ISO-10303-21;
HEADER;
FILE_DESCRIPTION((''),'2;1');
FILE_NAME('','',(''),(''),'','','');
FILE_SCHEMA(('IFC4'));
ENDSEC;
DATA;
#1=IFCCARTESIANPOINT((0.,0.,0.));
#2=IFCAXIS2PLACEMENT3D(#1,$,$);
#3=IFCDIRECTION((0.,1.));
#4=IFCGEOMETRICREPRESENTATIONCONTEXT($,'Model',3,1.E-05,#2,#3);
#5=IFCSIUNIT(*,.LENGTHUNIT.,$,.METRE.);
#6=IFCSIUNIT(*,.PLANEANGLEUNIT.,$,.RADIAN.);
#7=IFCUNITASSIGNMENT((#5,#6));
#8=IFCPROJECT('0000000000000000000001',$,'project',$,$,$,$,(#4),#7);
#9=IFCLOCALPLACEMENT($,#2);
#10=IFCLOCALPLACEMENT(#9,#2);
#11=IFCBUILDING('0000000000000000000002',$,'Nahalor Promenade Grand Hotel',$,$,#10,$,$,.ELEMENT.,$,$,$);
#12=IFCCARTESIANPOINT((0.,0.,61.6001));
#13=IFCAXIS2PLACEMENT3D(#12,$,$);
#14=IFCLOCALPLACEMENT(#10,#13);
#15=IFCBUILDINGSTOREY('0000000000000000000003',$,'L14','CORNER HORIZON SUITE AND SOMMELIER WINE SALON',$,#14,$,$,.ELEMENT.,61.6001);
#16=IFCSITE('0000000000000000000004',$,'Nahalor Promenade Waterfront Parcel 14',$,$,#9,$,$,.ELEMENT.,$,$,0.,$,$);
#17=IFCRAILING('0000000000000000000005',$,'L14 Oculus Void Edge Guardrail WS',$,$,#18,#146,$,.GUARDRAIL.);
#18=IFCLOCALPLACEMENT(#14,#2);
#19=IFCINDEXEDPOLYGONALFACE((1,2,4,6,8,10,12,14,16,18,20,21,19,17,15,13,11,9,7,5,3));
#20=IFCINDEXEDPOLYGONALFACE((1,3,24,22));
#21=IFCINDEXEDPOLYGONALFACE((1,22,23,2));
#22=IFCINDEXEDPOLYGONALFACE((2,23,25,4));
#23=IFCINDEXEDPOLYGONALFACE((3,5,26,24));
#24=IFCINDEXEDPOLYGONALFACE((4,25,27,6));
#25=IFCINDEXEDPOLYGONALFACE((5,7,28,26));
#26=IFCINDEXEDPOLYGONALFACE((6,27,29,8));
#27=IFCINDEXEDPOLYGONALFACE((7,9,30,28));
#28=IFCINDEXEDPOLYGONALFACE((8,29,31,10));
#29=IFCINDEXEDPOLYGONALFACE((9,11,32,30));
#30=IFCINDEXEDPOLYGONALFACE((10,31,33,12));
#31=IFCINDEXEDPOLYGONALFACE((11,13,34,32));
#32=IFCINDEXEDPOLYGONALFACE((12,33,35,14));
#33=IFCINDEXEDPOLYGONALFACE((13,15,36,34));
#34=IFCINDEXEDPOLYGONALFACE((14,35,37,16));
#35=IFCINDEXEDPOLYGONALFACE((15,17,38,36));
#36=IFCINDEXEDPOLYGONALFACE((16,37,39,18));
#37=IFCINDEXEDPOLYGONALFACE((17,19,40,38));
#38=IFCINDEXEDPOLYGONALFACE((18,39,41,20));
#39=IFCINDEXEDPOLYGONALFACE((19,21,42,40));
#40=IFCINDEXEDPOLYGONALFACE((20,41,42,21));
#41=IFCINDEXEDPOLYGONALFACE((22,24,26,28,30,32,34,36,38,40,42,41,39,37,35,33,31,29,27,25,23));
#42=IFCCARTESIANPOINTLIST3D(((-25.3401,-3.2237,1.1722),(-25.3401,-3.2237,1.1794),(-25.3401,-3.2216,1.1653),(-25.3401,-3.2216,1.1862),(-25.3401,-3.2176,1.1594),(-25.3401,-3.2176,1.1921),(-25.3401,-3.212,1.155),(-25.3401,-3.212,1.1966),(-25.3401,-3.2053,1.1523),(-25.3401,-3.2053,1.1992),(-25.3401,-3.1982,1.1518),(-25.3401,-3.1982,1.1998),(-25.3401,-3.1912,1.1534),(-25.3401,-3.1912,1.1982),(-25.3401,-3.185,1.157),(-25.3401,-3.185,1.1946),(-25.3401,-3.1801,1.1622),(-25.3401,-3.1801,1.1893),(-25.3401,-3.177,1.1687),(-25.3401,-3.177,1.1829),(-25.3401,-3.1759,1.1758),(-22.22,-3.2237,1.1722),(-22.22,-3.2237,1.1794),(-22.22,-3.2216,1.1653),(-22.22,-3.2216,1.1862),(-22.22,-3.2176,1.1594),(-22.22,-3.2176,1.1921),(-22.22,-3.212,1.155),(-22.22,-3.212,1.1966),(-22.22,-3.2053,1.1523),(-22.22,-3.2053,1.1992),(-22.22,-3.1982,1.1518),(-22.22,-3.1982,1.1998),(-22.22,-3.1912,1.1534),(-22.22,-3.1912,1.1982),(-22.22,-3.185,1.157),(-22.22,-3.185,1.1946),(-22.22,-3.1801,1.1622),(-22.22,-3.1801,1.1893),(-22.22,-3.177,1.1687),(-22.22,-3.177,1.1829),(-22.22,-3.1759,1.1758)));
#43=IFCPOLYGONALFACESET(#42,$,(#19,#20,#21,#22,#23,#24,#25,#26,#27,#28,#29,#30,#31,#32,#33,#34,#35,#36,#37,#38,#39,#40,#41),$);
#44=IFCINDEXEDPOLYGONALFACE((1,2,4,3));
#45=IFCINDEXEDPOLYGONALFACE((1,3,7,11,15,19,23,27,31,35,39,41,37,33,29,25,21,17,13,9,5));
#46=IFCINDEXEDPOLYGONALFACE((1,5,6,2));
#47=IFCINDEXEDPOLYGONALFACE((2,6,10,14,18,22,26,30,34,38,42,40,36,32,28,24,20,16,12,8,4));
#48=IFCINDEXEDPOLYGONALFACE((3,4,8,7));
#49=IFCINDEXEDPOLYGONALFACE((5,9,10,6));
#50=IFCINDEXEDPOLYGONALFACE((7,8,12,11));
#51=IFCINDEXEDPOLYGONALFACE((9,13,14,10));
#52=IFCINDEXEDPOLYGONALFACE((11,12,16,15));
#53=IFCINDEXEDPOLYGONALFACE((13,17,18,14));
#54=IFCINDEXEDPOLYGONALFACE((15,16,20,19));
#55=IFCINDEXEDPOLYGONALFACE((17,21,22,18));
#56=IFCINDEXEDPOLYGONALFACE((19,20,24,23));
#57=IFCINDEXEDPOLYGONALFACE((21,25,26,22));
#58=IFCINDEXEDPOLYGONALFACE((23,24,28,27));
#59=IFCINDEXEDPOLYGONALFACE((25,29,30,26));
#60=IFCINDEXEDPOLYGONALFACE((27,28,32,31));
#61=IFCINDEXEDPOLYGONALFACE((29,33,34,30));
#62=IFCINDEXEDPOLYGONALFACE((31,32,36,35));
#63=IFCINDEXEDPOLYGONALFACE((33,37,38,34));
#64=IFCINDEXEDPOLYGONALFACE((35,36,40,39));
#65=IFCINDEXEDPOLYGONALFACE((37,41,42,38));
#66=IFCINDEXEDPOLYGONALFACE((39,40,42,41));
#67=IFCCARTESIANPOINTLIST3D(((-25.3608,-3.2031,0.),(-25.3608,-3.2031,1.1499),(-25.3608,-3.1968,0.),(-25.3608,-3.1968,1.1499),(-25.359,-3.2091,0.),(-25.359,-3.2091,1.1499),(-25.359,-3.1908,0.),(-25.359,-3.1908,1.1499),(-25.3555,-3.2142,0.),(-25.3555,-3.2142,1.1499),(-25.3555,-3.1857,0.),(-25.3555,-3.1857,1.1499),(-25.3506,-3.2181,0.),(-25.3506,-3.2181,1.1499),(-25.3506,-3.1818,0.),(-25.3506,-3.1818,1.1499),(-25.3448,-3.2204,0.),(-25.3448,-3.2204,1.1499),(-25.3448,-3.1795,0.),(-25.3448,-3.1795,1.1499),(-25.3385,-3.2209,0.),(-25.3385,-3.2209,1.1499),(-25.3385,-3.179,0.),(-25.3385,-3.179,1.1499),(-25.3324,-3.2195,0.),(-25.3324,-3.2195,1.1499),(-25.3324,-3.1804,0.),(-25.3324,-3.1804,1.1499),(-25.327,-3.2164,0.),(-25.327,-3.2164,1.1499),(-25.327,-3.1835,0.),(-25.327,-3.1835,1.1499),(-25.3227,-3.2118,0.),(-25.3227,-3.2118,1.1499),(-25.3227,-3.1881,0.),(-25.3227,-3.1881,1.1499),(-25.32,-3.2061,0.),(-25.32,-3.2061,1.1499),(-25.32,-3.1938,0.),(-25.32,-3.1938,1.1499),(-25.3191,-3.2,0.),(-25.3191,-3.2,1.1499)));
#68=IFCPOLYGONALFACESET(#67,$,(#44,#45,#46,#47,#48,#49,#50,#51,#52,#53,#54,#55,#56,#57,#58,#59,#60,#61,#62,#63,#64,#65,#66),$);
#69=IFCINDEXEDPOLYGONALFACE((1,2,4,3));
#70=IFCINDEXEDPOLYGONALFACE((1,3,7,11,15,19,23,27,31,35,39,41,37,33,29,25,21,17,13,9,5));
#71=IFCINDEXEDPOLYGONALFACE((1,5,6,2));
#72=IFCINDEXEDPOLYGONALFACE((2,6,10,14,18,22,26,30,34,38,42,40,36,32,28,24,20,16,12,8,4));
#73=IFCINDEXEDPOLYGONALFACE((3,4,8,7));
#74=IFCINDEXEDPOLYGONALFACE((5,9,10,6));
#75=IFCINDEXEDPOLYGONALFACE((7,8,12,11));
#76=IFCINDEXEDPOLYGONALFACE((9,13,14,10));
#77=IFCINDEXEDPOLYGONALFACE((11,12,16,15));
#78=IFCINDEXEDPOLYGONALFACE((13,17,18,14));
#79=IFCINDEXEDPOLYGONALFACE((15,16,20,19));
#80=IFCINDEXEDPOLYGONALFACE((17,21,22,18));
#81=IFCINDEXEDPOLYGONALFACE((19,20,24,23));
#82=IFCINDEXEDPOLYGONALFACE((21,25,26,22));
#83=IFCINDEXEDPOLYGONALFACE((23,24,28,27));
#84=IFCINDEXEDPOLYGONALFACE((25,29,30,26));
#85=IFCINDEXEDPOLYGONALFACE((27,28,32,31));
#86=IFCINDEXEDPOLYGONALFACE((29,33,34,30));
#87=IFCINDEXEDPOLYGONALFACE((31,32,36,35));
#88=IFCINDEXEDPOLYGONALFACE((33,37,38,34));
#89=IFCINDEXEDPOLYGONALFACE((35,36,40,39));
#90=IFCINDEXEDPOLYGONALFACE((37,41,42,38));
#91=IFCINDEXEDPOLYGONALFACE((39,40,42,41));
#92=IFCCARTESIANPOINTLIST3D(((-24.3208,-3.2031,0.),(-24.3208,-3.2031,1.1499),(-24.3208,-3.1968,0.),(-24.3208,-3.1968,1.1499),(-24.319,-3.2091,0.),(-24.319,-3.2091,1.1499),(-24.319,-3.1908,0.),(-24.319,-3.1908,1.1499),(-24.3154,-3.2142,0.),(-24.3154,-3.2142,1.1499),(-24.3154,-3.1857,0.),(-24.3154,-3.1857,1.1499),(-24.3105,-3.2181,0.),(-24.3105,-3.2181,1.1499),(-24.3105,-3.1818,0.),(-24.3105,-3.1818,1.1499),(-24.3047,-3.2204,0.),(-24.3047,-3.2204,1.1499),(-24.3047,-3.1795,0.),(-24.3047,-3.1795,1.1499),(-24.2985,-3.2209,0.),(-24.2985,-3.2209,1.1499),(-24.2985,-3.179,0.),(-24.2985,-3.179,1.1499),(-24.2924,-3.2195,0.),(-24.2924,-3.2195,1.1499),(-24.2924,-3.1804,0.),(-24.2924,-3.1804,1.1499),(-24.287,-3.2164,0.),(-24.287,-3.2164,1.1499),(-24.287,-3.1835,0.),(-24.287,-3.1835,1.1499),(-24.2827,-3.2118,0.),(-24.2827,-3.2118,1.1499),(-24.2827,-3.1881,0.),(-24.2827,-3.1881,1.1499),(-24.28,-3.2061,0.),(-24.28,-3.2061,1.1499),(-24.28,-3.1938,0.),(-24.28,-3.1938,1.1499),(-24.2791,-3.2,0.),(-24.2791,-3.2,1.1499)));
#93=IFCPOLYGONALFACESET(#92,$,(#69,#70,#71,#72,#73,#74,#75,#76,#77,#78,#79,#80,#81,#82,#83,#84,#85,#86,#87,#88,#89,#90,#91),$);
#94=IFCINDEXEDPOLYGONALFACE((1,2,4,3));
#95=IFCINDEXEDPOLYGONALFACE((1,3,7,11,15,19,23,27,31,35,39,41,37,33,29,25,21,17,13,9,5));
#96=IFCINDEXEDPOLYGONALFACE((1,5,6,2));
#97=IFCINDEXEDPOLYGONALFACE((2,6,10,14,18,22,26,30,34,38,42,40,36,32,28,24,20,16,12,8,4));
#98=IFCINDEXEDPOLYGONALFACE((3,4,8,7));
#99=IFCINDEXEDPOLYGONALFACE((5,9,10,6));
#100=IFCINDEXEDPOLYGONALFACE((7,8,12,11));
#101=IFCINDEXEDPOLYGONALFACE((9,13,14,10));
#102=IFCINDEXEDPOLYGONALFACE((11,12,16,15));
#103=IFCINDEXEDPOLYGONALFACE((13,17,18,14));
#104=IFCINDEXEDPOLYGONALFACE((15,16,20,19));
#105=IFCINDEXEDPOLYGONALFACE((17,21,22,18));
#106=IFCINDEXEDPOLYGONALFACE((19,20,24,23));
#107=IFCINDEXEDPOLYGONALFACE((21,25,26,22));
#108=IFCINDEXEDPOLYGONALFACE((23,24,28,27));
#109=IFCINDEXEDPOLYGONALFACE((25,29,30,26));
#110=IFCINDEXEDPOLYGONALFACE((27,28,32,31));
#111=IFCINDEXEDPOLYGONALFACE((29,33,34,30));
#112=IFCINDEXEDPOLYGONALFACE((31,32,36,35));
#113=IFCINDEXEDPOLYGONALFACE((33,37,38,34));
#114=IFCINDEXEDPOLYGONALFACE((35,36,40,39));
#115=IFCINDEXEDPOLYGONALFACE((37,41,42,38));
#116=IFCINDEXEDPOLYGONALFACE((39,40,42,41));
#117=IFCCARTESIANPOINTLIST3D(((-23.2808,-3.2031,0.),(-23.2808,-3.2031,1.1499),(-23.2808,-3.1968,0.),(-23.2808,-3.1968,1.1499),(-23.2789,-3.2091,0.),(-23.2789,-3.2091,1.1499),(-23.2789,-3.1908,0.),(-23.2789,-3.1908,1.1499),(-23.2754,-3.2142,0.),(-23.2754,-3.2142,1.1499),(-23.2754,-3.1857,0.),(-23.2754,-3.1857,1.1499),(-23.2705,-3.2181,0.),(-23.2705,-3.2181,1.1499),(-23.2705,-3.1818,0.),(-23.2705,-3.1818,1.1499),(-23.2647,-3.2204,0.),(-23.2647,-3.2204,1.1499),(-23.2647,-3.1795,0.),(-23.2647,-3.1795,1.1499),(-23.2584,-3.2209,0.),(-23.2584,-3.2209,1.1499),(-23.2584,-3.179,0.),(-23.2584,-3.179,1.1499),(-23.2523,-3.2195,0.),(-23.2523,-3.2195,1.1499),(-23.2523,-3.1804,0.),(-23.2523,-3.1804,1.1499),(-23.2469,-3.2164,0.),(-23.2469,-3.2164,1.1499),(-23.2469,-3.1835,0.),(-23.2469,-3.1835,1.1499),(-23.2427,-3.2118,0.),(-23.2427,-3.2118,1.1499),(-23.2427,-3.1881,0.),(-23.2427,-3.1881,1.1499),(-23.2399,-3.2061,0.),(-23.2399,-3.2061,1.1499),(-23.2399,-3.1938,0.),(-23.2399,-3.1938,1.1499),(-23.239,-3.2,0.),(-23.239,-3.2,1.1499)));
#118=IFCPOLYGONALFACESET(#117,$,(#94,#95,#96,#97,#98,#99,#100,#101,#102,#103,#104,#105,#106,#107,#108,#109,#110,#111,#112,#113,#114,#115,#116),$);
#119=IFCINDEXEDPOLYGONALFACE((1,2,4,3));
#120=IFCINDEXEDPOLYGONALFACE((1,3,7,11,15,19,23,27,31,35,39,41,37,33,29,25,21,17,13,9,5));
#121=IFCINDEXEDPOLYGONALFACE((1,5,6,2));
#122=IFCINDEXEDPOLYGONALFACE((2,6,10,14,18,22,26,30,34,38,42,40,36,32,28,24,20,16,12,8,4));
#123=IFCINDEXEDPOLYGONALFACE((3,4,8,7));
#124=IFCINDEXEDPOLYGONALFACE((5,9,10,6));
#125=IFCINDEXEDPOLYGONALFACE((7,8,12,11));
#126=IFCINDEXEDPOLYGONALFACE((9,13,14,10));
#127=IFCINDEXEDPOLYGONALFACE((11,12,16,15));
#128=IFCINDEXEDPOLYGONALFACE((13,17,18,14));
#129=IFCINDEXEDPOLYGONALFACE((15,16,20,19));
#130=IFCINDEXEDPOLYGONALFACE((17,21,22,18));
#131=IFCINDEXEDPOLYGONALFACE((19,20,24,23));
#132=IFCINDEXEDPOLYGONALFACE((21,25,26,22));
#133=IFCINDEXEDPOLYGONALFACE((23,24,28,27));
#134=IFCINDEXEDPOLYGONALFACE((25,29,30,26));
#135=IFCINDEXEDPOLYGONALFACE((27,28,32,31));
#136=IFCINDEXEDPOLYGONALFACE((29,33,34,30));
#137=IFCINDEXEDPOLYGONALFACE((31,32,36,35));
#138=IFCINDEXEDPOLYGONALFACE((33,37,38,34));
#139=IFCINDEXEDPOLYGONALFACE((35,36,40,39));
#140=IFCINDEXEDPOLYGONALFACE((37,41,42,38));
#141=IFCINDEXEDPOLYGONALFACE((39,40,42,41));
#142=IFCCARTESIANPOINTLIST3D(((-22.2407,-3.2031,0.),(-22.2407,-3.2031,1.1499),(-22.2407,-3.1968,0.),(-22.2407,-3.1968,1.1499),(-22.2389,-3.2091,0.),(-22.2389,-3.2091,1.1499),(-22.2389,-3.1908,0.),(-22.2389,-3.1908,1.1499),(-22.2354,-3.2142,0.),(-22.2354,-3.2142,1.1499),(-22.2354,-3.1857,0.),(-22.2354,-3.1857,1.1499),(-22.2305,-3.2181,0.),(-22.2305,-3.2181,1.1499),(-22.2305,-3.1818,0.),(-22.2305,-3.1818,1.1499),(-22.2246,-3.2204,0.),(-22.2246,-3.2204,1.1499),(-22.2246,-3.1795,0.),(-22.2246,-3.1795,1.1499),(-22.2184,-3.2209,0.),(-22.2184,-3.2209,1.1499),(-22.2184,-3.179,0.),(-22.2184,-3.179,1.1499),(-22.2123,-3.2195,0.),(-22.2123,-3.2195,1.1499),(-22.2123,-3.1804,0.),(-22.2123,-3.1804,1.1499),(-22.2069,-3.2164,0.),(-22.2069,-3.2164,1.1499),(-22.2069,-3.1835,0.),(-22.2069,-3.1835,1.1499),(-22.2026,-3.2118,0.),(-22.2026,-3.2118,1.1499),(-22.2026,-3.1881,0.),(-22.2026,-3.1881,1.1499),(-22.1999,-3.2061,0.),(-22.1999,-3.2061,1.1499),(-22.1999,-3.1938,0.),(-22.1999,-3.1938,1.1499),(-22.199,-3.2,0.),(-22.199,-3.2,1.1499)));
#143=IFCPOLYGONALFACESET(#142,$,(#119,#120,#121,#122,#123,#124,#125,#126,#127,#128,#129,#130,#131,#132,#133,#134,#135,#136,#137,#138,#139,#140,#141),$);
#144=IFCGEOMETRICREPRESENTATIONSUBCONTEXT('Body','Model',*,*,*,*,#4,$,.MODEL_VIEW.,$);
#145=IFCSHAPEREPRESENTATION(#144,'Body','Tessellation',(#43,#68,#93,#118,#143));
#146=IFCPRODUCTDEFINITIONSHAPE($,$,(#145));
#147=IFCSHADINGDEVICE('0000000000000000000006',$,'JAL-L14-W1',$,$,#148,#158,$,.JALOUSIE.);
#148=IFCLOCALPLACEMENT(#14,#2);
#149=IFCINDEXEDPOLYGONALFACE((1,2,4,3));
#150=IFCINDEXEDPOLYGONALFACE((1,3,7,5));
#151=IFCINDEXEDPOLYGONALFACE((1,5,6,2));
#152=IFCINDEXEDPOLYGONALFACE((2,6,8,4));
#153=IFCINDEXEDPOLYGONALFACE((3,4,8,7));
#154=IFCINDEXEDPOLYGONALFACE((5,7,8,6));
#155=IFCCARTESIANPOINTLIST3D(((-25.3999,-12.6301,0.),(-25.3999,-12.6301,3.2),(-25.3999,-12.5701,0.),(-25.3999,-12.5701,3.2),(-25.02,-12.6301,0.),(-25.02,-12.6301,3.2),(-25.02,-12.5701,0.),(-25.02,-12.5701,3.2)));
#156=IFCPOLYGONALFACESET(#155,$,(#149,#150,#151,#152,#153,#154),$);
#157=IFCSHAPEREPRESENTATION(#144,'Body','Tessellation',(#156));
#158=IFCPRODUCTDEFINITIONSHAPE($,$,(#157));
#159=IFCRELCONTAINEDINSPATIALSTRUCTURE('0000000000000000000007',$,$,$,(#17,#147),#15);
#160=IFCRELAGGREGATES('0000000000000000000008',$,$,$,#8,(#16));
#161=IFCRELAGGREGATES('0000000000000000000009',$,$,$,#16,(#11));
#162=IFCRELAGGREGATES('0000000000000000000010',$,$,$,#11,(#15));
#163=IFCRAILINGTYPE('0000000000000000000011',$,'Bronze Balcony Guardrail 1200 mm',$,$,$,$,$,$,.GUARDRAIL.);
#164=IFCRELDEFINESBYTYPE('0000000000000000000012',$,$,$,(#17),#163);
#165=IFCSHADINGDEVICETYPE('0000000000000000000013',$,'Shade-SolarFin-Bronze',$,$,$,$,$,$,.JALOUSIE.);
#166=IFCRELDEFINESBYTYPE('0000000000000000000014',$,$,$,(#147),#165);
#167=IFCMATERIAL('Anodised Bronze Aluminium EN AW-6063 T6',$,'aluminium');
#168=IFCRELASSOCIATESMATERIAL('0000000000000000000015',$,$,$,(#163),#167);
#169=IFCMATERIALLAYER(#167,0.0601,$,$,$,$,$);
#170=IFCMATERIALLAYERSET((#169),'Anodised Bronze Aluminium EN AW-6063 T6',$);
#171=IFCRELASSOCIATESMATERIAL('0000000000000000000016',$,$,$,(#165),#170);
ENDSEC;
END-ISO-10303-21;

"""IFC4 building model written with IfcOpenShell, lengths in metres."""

from ifc_helpers import new_model, si_unit, direction, frame, origin, origin_2d, place, context, subcontext, project, spatial, rectangle, circle, extrude, source, transform, mapped, material, layer, layer_set, type_object, element, save


model = new_model("IFC4")

# Units and contexts
model_context = context("Model", 3, precision=1e-05, world=origin(), true_north=direction((0.0, 1.0)))
body_context = subcontext(model_context, "Body", "Model", "MODEL_VIEW")
ifc_project = project(units=[si_unit("LENGTHUNIT", "METRE"), si_unit("PLANEANGLEUNIT", "RADIAN")], contexts=[model_context])

# Site, building, storey
site_placement = place(None, origin())
site = spatial("IfcSite", under=ifc_project, at=site_placement, Name="Nahalor Promenade Waterfront Parcel 14", CompositionType="ELEMENT", RefElevation=0.0)
building_placement = place(site_placement, origin())
building = spatial("IfcBuilding", under=site, at=building_placement, Name="Nahalor Promenade Grand Hotel", CompositionType="ELEMENT")
storey_placement = place(building_placement, frame((0.0, 0.0, 61.6001)))
storey = spatial("IfcBuildingStorey", under=building, at=storey_placement, Name="L14", Description="CORNER HORIZON SUITE AND SOMMELIER WINE SALON", CompositionType="ELEMENT", Elevation=61.6001)

# Shared definitions
ifc_material_1 = material(Name="Anodised Bronze Aluminium EN AW-6063 T6", Category="aluminium")

# Railing
railing_type = type_object("IfcRailingType", Name="Bronze Balcony Guardrail 1200 mm", PredefinedType="GUARDRAIL", material=ifc_material_1)
railing_placement = place(storey_placement, frame((-25.3401, -3.2, 0.0)))
element("IfcRailing", 1, at=railing_placement, inside=storey, type_object=railing_type, Name="L14 Oculus Void Edge Guardrail WS", PredefinedType="GUARDRAIL", context=body_context, shape_type="SweptSolid", body=[
    extrude(circle(Radius=0.024, at=origin_2d()), frame((0.0, 0.0, 1.1758), z_axis=(1.0, 0.0, 0.0), x_axis=(0.0, 1.0, 0.0)), (0.0, 0.0, 1.0), 3.1201),
    extrude(circle(Radius=0.021, at=origin_2d()), origin(), (0.0, 0.0, 1.0), 1.1499),
    extrude(circle(Radius=0.021, at=origin_2d()), frame((1.04, 0.0, 0.0)), (0.0, 0.0, 1.0), 1.1499),
    extrude(circle(Radius=0.021, at=origin_2d()), frame((2.0801, 0.0, 0.0)), (0.0, 0.0, 1.0), 1.1499),
    extrude(circle(Radius=0.021, at=origin_2d()), frame((3.1201, 0.0, 0.0)), (0.0, 0.0, 1.0), 1.1499),
])

# Shading device
ifc_layer_1 = layer(ifc_material_1, 0.0601)
ifc_layer_set_1 = layer_set([ifc_layer_1], Name="Anodised Bronze Aluminium EN AW-6063 T6")
shading_device_type = type_object("IfcShadingDeviceType", Name="Shade-SolarFin-Bronze", PredefinedType="JALOUSIE", material=ifc_layer_set_1)
shared_shape_1 = source(origin(), body_context, "Body", "SweptSolid", [
    extrude(rectangle(XDim=0.3799, YDim=0.0601, at=origin_2d()), origin(), (0.0, 0.0, 1.0), 3.2),
])
shading_device_placement = place(storey_placement, frame((-25.21, -12.6001, 0.0), z_axis=(0.0, 0.0, 1.0), x_axis=(1.0, 0.0, 0.0)))
element("IfcShadingDevice", 2, at=shading_device_placement, inside=storey, type_object=shading_device_type, Name="JAL-L14-W1", PredefinedType="JALOUSIE", context=body_context, shape_type="MappedRepresentation", body=[
    mapped(shared_shape_1, transform((0.0, 0.0, 0.0), scale=1.0)),
])

save(model, "model.ifc")
